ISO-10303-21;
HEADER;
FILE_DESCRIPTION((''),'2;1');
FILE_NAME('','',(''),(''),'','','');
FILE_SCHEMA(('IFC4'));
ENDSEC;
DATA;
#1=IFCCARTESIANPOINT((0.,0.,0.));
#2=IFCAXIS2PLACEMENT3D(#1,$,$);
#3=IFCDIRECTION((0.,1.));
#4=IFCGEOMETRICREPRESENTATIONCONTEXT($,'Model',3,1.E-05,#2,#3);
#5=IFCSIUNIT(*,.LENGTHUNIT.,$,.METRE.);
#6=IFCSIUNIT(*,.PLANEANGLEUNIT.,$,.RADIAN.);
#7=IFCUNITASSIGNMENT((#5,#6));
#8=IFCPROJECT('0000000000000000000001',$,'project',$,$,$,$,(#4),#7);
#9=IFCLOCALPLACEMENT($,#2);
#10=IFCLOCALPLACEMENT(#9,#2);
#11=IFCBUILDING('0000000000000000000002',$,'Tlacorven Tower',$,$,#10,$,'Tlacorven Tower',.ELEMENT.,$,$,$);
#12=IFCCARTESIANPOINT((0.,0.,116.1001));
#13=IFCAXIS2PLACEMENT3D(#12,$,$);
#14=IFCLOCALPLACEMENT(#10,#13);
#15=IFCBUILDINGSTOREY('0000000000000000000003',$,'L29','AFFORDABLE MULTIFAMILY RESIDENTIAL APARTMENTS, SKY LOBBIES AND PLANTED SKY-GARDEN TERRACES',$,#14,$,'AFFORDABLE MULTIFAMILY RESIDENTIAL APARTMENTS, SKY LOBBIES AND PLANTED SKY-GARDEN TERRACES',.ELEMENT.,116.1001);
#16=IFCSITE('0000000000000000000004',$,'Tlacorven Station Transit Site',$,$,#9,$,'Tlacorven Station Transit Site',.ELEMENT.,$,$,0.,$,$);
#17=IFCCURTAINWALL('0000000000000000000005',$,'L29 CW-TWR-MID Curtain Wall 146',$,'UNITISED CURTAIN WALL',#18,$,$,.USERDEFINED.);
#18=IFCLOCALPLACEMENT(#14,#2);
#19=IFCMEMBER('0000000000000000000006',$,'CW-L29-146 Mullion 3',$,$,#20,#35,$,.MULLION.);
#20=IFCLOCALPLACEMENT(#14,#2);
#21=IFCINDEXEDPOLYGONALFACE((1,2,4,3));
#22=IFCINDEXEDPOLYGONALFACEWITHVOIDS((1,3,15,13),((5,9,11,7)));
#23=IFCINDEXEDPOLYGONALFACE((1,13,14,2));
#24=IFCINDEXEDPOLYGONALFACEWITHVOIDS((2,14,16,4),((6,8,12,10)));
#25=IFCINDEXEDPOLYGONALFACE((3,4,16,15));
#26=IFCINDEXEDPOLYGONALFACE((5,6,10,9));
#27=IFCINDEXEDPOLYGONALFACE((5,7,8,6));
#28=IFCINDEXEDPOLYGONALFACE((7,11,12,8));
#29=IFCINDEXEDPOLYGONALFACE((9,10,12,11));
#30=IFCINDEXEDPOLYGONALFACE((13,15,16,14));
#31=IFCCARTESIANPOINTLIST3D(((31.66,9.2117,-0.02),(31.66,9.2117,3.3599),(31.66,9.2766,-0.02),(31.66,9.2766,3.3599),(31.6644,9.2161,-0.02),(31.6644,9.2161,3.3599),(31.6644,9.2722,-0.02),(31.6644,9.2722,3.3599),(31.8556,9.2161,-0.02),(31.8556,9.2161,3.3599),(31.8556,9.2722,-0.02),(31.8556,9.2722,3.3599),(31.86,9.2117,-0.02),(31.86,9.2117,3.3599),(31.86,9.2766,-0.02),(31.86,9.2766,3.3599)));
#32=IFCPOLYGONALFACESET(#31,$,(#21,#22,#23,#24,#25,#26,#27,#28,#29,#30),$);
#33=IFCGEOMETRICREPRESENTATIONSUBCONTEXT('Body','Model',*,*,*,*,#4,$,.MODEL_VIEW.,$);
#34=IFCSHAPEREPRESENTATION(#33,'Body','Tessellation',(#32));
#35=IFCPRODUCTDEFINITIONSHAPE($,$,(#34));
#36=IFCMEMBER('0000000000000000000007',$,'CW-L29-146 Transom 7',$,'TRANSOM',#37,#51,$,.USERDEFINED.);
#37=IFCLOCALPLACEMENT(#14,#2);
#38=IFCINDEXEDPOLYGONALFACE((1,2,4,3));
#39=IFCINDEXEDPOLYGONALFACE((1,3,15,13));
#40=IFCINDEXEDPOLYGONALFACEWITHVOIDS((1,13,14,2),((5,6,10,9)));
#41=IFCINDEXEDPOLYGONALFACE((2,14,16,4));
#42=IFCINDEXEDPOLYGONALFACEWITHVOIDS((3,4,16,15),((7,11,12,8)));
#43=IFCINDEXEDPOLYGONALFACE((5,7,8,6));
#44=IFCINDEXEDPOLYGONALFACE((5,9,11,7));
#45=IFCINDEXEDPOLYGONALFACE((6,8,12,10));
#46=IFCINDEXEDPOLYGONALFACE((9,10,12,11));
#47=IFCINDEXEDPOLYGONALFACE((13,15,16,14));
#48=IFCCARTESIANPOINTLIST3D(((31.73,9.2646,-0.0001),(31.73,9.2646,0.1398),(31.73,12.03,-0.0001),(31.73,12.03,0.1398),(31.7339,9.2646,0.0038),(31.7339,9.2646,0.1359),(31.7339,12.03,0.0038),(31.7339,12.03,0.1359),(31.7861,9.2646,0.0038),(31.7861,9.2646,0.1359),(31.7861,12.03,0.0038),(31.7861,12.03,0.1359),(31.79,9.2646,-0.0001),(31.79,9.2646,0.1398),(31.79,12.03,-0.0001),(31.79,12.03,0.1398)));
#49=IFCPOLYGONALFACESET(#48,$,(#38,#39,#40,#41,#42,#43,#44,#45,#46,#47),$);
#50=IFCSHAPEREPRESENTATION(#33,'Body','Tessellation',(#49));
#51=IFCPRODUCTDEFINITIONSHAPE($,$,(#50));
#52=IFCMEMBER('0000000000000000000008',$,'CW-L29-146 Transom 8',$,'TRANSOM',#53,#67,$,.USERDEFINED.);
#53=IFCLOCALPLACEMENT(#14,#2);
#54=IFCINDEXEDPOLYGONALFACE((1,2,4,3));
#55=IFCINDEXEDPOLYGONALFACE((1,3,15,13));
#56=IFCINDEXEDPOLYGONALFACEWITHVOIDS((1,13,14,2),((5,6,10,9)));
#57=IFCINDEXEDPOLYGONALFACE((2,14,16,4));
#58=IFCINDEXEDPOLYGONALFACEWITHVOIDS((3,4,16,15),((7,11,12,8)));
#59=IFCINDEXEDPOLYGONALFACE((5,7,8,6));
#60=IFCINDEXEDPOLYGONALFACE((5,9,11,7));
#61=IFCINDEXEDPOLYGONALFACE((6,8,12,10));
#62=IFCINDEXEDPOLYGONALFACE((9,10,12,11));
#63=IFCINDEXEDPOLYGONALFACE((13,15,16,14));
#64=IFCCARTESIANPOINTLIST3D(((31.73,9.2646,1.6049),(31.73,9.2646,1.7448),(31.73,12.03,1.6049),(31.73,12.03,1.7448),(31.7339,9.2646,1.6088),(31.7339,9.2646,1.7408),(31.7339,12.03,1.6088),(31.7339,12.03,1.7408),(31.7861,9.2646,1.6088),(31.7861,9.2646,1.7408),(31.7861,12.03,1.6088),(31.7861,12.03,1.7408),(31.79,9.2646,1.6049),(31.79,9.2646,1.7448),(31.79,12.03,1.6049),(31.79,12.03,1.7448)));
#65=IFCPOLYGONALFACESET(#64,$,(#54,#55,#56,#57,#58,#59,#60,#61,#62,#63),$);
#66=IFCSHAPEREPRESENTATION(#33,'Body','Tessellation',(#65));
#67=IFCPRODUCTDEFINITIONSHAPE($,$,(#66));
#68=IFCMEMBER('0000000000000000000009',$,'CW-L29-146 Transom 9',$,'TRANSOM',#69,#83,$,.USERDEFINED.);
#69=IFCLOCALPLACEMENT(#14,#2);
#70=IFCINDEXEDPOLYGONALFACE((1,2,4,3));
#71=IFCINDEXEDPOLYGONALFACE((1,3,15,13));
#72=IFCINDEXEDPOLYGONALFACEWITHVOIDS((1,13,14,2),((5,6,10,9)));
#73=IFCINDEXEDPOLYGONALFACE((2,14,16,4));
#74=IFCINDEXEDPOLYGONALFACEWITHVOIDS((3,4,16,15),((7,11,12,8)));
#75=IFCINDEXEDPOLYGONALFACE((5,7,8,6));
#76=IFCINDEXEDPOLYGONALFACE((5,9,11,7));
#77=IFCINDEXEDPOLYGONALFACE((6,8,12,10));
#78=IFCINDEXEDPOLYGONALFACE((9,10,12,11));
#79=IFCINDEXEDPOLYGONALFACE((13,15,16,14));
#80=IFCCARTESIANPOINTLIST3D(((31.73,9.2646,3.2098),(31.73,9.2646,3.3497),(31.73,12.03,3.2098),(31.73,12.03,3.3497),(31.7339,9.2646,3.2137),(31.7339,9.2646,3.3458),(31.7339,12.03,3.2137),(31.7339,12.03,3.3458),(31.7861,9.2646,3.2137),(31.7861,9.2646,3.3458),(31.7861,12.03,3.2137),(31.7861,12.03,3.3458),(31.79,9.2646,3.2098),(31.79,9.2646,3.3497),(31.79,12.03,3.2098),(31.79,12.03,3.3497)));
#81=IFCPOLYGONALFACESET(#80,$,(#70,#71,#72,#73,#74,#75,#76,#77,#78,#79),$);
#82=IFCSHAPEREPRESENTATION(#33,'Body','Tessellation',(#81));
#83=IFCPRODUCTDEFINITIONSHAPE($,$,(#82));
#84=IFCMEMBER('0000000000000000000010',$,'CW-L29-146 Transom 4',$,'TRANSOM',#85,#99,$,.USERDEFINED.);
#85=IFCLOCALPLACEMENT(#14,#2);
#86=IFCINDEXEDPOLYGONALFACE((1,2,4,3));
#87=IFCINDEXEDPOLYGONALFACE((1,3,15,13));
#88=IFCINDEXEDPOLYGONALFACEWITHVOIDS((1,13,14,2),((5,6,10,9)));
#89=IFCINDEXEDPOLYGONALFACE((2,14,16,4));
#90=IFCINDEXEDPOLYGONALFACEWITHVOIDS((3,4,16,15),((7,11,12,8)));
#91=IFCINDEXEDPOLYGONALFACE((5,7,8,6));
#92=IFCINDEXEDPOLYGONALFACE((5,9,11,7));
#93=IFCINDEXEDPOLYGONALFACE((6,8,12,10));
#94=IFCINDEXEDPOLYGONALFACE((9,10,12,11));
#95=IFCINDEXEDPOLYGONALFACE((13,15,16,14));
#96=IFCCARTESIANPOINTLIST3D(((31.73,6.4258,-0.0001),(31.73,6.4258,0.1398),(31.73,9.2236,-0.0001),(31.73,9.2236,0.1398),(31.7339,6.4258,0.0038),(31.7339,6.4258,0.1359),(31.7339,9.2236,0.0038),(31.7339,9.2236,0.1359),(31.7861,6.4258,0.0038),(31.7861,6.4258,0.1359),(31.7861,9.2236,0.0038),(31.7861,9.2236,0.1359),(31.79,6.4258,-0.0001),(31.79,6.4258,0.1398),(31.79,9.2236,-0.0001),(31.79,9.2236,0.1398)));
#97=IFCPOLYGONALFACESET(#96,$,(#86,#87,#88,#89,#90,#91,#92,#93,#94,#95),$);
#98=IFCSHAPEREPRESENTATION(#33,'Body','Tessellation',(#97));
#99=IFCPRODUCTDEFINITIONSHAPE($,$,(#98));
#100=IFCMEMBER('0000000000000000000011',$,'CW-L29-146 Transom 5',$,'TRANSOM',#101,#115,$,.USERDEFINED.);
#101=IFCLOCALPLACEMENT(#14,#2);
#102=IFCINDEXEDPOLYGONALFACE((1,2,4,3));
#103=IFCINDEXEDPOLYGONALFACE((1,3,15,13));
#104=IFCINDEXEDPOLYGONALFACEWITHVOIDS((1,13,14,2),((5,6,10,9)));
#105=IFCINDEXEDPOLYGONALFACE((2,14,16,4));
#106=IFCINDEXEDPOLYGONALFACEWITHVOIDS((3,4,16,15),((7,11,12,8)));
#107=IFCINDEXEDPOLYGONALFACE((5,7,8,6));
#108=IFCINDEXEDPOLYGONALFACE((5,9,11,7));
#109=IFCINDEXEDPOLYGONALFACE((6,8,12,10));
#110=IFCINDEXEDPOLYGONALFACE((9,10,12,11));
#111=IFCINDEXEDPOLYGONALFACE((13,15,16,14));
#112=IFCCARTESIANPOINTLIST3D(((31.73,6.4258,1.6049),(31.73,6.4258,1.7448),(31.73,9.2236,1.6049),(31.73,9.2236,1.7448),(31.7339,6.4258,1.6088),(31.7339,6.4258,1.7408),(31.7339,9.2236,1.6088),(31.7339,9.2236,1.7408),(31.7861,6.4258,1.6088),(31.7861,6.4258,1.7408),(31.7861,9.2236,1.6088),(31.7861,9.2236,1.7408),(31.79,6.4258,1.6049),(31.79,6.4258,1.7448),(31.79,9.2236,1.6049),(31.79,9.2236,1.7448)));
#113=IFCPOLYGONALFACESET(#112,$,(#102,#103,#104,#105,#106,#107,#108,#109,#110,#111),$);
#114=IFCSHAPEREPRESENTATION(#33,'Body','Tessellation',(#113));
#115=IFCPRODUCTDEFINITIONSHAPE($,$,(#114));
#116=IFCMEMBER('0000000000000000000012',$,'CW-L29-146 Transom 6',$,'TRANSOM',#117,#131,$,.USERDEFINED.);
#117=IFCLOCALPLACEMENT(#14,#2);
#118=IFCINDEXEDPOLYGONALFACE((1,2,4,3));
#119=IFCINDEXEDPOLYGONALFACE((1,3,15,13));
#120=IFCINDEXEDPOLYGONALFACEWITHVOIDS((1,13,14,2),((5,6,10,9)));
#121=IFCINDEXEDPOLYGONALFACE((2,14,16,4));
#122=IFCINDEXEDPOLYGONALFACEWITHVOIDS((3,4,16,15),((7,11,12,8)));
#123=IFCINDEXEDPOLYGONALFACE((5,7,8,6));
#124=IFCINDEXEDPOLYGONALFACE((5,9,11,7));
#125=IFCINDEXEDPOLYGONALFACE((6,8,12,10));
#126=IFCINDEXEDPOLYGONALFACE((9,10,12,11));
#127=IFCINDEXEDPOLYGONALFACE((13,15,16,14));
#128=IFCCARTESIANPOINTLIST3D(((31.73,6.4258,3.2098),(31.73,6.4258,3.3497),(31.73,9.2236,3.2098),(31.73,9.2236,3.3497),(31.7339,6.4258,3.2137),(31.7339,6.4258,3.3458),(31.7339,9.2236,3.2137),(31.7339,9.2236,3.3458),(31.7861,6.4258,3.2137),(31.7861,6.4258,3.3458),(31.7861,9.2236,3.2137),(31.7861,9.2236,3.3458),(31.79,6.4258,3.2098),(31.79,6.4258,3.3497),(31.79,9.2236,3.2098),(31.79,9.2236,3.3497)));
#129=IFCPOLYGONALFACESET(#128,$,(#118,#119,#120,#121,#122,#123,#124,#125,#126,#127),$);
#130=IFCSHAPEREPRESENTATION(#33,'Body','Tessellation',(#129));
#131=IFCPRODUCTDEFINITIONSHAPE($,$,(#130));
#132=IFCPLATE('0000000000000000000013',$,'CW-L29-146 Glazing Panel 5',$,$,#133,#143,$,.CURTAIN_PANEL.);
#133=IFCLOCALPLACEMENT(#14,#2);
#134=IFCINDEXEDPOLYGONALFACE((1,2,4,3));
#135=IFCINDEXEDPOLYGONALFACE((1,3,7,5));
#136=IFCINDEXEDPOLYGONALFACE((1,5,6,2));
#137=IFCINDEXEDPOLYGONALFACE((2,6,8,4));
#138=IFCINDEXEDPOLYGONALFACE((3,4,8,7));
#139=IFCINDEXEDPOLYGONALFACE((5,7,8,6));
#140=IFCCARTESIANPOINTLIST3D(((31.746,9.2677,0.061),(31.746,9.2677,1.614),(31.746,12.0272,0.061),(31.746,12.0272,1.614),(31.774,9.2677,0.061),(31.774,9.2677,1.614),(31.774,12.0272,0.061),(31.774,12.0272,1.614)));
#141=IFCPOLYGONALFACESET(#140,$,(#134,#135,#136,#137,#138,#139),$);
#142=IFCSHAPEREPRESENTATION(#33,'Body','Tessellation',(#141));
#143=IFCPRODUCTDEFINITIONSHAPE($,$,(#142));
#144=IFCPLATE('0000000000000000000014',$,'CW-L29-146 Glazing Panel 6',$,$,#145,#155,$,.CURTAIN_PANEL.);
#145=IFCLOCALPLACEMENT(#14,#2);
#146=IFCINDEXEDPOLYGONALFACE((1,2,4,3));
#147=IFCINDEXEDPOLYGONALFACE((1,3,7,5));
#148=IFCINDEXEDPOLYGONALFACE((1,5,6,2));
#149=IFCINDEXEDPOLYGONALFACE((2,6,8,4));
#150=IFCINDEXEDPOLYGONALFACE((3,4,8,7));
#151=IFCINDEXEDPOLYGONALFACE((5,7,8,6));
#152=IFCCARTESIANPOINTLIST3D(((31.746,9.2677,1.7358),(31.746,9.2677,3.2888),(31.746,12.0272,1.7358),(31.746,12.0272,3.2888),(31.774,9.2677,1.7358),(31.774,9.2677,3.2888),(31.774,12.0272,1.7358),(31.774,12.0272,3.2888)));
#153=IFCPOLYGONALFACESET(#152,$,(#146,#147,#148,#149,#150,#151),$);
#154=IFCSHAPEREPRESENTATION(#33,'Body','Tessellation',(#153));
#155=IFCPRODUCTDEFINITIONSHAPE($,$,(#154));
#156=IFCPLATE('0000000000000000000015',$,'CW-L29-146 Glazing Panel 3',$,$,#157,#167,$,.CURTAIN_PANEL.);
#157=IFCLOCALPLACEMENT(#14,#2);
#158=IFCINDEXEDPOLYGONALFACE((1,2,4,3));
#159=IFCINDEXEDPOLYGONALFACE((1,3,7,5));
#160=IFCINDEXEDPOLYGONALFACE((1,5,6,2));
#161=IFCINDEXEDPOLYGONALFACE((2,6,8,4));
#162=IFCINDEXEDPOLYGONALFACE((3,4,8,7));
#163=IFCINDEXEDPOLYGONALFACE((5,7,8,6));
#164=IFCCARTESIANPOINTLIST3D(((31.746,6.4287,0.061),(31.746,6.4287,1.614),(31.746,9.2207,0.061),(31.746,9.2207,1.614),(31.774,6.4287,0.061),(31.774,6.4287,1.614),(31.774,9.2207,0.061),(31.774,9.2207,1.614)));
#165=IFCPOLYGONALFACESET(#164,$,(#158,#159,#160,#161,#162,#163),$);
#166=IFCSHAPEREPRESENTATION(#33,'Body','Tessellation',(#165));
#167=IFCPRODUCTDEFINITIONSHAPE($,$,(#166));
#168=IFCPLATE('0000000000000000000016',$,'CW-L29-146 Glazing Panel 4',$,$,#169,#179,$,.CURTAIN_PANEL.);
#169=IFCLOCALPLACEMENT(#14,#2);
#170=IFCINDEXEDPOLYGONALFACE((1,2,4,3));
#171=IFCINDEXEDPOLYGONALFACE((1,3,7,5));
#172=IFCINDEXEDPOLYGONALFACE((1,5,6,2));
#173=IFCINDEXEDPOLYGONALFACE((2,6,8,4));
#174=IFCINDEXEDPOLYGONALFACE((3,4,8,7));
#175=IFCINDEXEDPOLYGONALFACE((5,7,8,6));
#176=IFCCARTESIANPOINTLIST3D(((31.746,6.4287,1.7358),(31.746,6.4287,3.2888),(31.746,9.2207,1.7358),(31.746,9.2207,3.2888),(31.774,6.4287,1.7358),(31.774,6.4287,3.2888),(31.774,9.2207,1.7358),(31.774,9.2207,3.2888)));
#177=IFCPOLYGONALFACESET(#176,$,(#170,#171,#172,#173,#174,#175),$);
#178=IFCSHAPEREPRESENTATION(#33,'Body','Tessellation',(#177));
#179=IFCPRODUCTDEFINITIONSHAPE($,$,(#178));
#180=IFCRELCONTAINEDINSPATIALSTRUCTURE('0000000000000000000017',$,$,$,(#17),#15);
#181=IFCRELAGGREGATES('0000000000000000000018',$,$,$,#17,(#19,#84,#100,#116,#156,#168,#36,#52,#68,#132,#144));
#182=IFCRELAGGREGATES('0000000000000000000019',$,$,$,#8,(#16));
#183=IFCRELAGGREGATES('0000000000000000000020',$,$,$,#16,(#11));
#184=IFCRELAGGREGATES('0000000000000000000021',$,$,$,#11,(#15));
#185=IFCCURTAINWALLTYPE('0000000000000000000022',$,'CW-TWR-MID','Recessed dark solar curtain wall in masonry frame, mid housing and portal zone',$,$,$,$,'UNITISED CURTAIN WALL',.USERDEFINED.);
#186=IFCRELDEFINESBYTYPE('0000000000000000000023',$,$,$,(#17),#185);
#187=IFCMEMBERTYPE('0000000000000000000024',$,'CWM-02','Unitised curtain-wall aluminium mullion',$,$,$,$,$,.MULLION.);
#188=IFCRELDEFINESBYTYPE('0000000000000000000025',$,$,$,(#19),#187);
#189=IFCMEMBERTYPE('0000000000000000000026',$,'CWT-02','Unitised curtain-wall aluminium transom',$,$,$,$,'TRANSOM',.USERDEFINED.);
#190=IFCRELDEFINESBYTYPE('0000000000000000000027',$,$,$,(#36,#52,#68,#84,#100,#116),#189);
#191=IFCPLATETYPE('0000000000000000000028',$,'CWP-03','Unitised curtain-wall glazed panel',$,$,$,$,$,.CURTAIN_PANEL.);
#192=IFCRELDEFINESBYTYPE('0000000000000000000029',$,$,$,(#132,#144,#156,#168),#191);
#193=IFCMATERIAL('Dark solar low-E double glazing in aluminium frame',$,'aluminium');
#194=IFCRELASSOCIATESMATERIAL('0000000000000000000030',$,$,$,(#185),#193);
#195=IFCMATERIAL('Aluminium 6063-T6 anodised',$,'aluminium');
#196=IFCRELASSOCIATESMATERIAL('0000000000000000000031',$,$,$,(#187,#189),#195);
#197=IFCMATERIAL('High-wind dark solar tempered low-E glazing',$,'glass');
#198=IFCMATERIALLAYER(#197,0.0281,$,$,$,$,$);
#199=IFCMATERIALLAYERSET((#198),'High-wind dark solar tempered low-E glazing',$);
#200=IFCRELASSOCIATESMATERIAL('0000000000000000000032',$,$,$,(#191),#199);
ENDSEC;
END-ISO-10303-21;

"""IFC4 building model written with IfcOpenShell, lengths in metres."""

from ifc_helpers import new_model, si_unit, direction, frame, origin, origin_2d, place, context, subcontext, project, spatial, rectangle, hollow_rectangle, extrude, source, transform, mapped, material, layer, layer_set, material_profile, profile_set, type_object, element, aggregate, save


model = new_model("IFC4")

# Units and contexts
model_context = context("Model", 3, precision=1e-05, world=origin(), true_north=direction((0.0, 1.0)))
body_context = subcontext(model_context, "Body", "Model", "MODEL_VIEW")
ifc_project = project(units=[si_unit("LENGTHUNIT", "METRE"), si_unit("PLANEANGLEUNIT", "RADIAN")], contexts=[model_context])

# Site, building, storey
site_placement = place(None, origin())
site = spatial("IfcSite", under=ifc_project, at=site_placement, Name="Tlacorven Station Transit Site", LongName="Tlacorven Station Transit Site", CompositionType="ELEMENT", RefElevation=0.0)
building_placement = place(site_placement, origin())
building = spatial("IfcBuilding", under=site, at=building_placement, Name="Tlacorven Tower", LongName="Tlacorven Tower", CompositionType="ELEMENT")
storey_placement = place(building_placement, frame((0.0, 0.0, 116.1001)))
storey = spatial("IfcBuildingStorey", under=building, at=storey_placement, Name="L29", Description="AFFORDABLE MULTIFAMILY RESIDENTIAL APARTMENTS, SKY LOBBIES AND PLANTED SKY-GARDEN TERRACES", LongName="AFFORDABLE MULTIFAMILY RESIDENTIAL APARTMENTS, SKY LOBBIES AND PLANTED SKY-GARDEN TERRACES", CompositionType="ELEMENT", Elevation=116.1001)

# Curtain wall, members, plates
ifc_material_1 = material(Name="Dark solar low-E double glazing in aluminium frame", Category="aluminium")
curtain_wall_type = type_object("IfcCurtainWallType", Name="CW-TWR-MID", Description="Recessed dark solar curtain wall in masonry frame, mid housing and portal zone", ElementType="UNITISED CURTAIN WALL", PredefinedType="USERDEFINED", material=ifc_material_1)
curtain_wall_placement = place(storey_placement, origin())
curtain_wall = element("IfcCurtainWall", 1, at=curtain_wall_placement, inside=storey, type_object=curtain_wall_type, Name="L29 CW-TWR-MID Curtain Wall 146", ObjectType="UNITISED CURTAIN WALL", PredefinedType="USERDEFINED")
ifc_material_2 = material(Name="Aluminium 6063-T6 anodised", Category="aluminium")
ifc_material_profile_1 = material_profile(ifc_material_2, hollow_rectangle(XDim=0.0649, YDim=0.2, WallThickness=0.0044, at=origin_2d()), Name="ALU MULLION 65X200")
ifc_profile_set_1 = profile_set([ifc_material_profile_1], Name="Aluminium 6063-T6 anodised")
member_type_1 = type_object("IfcMemberType", Name="CWM-02", Description="Unitised curtain-wall aluminium mullion", PredefinedType="MULLION", material=ifc_profile_set_1)
shared_shape_1 = source(origin(), body_context, "Body", "SweptSolid", [
    extrude(hollow_rectangle(XDim=0.0649, YDim=0.2, WallThickness=0.0044, at=origin_2d()), origin(), (0.0, 0.0, 1.0), 3.3799),
])
member_1_placement = place(storey_placement, frame((31.76, 9.2441, -0.02), z_axis=(0.0, 0.0, 1.0), x_axis=(0.0, 1.0, 0.0)))
member_1 = element("IfcMember", 2, at=member_1_placement, type_object=member_type_1, Name="CW-L29-146 Mullion 3", PredefinedType="MULLION", context=body_context, shape_type="MappedRepresentation", body=[
    mapped(shared_shape_1, transform((0.0, 0.0, 0.0), scale=1.0)),
])
ifc_material_profile_2 = material_profile(ifc_material_2, hollow_rectangle(XDim=0.0601, YDim=0.1399, WallThickness=0.0039, at=origin_2d()), Name="ALU TRANSOM 60X140")
ifc_profile_set_2 = profile_set([ifc_material_profile_2], Name="Aluminium 6063-T6 anodised")
member_type_2 = type_object("IfcMemberType", Name="CWT-02", Description="Unitised curtain-wall aluminium transom", ElementType="TRANSOM", PredefinedType="USERDEFINED", material=ifc_profile_set_2)
shared_shape_2 = source(origin(), body_context, "Body", "SweptSolid", [
    extrude(hollow_rectangle(XDim=0.0601, YDim=0.1399, WallThickness=0.0039, at=origin_2d()), origin(), (0.0, 0.0, 1.0), 2.7654),
])
member_2_placement = place(storey_placement, frame((31.76, 9.2646, 0.0698), z_axis=(0.0, 1.0, 0.0), x_axis=(-1.0, 0.0, 0.0)))
member_2 = element("IfcMember", 3, at=member_2_placement, type_object=member_type_2, Name="CW-L29-146 Transom 7", ObjectType="TRANSOM", PredefinedType="USERDEFINED", context=body_context, shape_type="MappedRepresentation", body=[
    mapped(shared_shape_2, transform((0.0, 0.0, 0.0), scale=1.0)),
])
member_3_placement = place(storey_placement, frame((31.76, 9.2646, 1.6748), z_axis=(0.0, 1.0, 0.0), x_axis=(-1.0, 0.0, 0.0)))
member_3 = element("IfcMember", 4, at=member_3_placement, type_object=member_type_2, Name="CW-L29-146 Transom 8", ObjectType="TRANSOM", PredefinedType="USERDEFINED", context=body_context, shape_type="MappedRepresentation", body=[
    mapped(shared_shape_2, transform((0.0, 0.0, 0.0), scale=1.0)),
])
member_4_placement = place(storey_placement, frame((31.76, 9.2646, 3.2798), z_axis=(0.0, 1.0, 0.0), x_axis=(-1.0, 0.0, 0.0)))
member_4 = element("IfcMember", 5, at=member_4_placement, type_object=member_type_2, Name="CW-L29-146 Transom 9", ObjectType="TRANSOM", PredefinedType="USERDEFINED", context=body_context, shape_type="MappedRepresentation", body=[
    mapped(shared_shape_2, transform((0.0, 0.0, 0.0), scale=1.0)),
])
shared_shape_3 = source(origin(), body_context, "Body", "SweptSolid", [
    extrude(hollow_rectangle(XDim=0.0601, YDim=0.1399, WallThickness=0.0039, at=origin_2d()), origin(), (0.0, 0.0, 1.0), 2.7979),
])
member_5_placement = place(storey_placement, frame((31.76, 6.4258, 0.0698), z_axis=(0.0, 1.0, 0.0), x_axis=(-1.0, 0.0, 0.0)))
member_5 = element("IfcMember", 6, at=member_5_placement, type_object=member_type_2, Name="CW-L29-146 Transom 4", ObjectType="TRANSOM", PredefinedType="USERDEFINED", context=body_context, shape_type="MappedRepresentation", body=[
    mapped(shared_shape_3, transform((0.0, 0.0, 0.0), scale=1.0)),
])
member_6_placement = place(storey_placement, frame((31.76, 6.4258, 1.6748), z_axis=(0.0, 1.0, 0.0), x_axis=(-1.0, 0.0, 0.0)))
member_6 = element("IfcMember", 7, at=member_6_placement, type_object=member_type_2, Name="CW-L29-146 Transom 5", ObjectType="TRANSOM", PredefinedType="USERDEFINED", context=body_context, shape_type="MappedRepresentation", body=[
    mapped(shared_shape_3, transform((0.0, 0.0, 0.0), scale=1.0)),
])
member_7_placement = place(storey_placement, frame((31.76, 6.4258, 3.2798), z_axis=(0.0, 1.0, 0.0), x_axis=(-1.0, 0.0, 0.0)))
member_7 = element("IfcMember", 8, at=member_7_placement, type_object=member_type_2, Name="CW-L29-146 Transom 6", ObjectType="TRANSOM", PredefinedType="USERDEFINED", context=body_context, shape_type="MappedRepresentation", body=[
    mapped(shared_shape_3, transform((0.0, 0.0, 0.0), scale=1.0)),
])
ifc_material_3 = material(Name="High-wind dark solar tempered low-E glazing", Category="glass")
ifc_layer = layer(ifc_material_3, 0.0281)
ifc_layer_set = layer_set([ifc_layer], Name="High-wind dark solar tempered low-E glazing")
plate_type = type_object("IfcPlateType", Name="CWP-03", Description="Unitised curtain-wall glazed panel", PredefinedType="CURTAIN_PANEL", material=ifc_layer_set)
shared_shape_4 = source(origin(), body_context, "Body", "SweptSolid", [
    extrude(rectangle(XDim=2.7595, YDim=0.0281, at=origin_2d()), origin(), (0.0, 0.0, 1.0), 1.553),
])
plate_1_placement = place(storey_placement, frame((31.76, 10.6475, 0.061), z_axis=(0.0, 0.0, 1.0), x_axis=(0.0, 1.0, 0.0)))
plate_1 = element("IfcPlate", 9, at=plate_1_placement, type_object=plate_type, Name="CW-L29-146 Glazing Panel 5", PredefinedType="CURTAIN_PANEL", context=body_context, shape_type="MappedRepresentation", body=[
    mapped(shared_shape_4, transform((0.0, 0.0, 0.0), scale=1.0)),
])
plate_2_placement = place(storey_placement, frame((31.76, 10.6475, 1.7358), z_axis=(0.0, 0.0, 1.0), x_axis=(0.0, 1.0, 0.0)))
plate_2 = element("IfcPlate", 10, at=plate_2_placement, type_object=plate_type, Name="CW-L29-146 Glazing Panel 6", PredefinedType="CURTAIN_PANEL", context=body_context, shape_type="MappedRepresentation", body=[
    mapped(shared_shape_4, transform((0.0, 0.0, 0.0), scale=1.0)),
])
shared_shape_5 = source(origin(), body_context, "Body", "SweptSolid", [
    extrude(rectangle(XDim=2.792, YDim=0.0281, at=origin_2d()), origin(), (0.0, 0.0, 1.0), 1.553),
])
plate_3_placement = place(storey_placement, frame((31.76, 7.8247, 0.061), z_axis=(0.0, 0.0, 1.0), x_axis=(0.0, 1.0, 0.0)))
plate_3 = element("IfcPlate", 11, at=plate_3_placement, type_object=plate_type, Name="CW-L29-146 Glazing Panel 3", PredefinedType="CURTAIN_PANEL", context=body_context, shape_type="MappedRepresentation", body=[
    mapped(shared_shape_5, transform((0.0, 0.0, 0.0), scale=1.0)),
])
plate_4_placement = place(storey_placement, frame((31.76, 7.8247, 1.7358), z_axis=(0.0, 0.0, 1.0), x_axis=(0.0, 1.0, 0.0)))
plate_4 = element("IfcPlate", 12, at=plate_4_placement, type_object=plate_type, Name="CW-L29-146 Glazing Panel 4", PredefinedType="CURTAIN_PANEL", context=body_context, shape_type="MappedRepresentation", body=[
    mapped(shared_shape_5, transform((0.0, 0.0, 0.0), scale=1.0)),
])
aggregate(curtain_wall, [member_1, member_5, member_6, member_7, plate_3, plate_4, member_2, member_3, member_4, plate_1, plate_2])

save(model, "model.ifc")
